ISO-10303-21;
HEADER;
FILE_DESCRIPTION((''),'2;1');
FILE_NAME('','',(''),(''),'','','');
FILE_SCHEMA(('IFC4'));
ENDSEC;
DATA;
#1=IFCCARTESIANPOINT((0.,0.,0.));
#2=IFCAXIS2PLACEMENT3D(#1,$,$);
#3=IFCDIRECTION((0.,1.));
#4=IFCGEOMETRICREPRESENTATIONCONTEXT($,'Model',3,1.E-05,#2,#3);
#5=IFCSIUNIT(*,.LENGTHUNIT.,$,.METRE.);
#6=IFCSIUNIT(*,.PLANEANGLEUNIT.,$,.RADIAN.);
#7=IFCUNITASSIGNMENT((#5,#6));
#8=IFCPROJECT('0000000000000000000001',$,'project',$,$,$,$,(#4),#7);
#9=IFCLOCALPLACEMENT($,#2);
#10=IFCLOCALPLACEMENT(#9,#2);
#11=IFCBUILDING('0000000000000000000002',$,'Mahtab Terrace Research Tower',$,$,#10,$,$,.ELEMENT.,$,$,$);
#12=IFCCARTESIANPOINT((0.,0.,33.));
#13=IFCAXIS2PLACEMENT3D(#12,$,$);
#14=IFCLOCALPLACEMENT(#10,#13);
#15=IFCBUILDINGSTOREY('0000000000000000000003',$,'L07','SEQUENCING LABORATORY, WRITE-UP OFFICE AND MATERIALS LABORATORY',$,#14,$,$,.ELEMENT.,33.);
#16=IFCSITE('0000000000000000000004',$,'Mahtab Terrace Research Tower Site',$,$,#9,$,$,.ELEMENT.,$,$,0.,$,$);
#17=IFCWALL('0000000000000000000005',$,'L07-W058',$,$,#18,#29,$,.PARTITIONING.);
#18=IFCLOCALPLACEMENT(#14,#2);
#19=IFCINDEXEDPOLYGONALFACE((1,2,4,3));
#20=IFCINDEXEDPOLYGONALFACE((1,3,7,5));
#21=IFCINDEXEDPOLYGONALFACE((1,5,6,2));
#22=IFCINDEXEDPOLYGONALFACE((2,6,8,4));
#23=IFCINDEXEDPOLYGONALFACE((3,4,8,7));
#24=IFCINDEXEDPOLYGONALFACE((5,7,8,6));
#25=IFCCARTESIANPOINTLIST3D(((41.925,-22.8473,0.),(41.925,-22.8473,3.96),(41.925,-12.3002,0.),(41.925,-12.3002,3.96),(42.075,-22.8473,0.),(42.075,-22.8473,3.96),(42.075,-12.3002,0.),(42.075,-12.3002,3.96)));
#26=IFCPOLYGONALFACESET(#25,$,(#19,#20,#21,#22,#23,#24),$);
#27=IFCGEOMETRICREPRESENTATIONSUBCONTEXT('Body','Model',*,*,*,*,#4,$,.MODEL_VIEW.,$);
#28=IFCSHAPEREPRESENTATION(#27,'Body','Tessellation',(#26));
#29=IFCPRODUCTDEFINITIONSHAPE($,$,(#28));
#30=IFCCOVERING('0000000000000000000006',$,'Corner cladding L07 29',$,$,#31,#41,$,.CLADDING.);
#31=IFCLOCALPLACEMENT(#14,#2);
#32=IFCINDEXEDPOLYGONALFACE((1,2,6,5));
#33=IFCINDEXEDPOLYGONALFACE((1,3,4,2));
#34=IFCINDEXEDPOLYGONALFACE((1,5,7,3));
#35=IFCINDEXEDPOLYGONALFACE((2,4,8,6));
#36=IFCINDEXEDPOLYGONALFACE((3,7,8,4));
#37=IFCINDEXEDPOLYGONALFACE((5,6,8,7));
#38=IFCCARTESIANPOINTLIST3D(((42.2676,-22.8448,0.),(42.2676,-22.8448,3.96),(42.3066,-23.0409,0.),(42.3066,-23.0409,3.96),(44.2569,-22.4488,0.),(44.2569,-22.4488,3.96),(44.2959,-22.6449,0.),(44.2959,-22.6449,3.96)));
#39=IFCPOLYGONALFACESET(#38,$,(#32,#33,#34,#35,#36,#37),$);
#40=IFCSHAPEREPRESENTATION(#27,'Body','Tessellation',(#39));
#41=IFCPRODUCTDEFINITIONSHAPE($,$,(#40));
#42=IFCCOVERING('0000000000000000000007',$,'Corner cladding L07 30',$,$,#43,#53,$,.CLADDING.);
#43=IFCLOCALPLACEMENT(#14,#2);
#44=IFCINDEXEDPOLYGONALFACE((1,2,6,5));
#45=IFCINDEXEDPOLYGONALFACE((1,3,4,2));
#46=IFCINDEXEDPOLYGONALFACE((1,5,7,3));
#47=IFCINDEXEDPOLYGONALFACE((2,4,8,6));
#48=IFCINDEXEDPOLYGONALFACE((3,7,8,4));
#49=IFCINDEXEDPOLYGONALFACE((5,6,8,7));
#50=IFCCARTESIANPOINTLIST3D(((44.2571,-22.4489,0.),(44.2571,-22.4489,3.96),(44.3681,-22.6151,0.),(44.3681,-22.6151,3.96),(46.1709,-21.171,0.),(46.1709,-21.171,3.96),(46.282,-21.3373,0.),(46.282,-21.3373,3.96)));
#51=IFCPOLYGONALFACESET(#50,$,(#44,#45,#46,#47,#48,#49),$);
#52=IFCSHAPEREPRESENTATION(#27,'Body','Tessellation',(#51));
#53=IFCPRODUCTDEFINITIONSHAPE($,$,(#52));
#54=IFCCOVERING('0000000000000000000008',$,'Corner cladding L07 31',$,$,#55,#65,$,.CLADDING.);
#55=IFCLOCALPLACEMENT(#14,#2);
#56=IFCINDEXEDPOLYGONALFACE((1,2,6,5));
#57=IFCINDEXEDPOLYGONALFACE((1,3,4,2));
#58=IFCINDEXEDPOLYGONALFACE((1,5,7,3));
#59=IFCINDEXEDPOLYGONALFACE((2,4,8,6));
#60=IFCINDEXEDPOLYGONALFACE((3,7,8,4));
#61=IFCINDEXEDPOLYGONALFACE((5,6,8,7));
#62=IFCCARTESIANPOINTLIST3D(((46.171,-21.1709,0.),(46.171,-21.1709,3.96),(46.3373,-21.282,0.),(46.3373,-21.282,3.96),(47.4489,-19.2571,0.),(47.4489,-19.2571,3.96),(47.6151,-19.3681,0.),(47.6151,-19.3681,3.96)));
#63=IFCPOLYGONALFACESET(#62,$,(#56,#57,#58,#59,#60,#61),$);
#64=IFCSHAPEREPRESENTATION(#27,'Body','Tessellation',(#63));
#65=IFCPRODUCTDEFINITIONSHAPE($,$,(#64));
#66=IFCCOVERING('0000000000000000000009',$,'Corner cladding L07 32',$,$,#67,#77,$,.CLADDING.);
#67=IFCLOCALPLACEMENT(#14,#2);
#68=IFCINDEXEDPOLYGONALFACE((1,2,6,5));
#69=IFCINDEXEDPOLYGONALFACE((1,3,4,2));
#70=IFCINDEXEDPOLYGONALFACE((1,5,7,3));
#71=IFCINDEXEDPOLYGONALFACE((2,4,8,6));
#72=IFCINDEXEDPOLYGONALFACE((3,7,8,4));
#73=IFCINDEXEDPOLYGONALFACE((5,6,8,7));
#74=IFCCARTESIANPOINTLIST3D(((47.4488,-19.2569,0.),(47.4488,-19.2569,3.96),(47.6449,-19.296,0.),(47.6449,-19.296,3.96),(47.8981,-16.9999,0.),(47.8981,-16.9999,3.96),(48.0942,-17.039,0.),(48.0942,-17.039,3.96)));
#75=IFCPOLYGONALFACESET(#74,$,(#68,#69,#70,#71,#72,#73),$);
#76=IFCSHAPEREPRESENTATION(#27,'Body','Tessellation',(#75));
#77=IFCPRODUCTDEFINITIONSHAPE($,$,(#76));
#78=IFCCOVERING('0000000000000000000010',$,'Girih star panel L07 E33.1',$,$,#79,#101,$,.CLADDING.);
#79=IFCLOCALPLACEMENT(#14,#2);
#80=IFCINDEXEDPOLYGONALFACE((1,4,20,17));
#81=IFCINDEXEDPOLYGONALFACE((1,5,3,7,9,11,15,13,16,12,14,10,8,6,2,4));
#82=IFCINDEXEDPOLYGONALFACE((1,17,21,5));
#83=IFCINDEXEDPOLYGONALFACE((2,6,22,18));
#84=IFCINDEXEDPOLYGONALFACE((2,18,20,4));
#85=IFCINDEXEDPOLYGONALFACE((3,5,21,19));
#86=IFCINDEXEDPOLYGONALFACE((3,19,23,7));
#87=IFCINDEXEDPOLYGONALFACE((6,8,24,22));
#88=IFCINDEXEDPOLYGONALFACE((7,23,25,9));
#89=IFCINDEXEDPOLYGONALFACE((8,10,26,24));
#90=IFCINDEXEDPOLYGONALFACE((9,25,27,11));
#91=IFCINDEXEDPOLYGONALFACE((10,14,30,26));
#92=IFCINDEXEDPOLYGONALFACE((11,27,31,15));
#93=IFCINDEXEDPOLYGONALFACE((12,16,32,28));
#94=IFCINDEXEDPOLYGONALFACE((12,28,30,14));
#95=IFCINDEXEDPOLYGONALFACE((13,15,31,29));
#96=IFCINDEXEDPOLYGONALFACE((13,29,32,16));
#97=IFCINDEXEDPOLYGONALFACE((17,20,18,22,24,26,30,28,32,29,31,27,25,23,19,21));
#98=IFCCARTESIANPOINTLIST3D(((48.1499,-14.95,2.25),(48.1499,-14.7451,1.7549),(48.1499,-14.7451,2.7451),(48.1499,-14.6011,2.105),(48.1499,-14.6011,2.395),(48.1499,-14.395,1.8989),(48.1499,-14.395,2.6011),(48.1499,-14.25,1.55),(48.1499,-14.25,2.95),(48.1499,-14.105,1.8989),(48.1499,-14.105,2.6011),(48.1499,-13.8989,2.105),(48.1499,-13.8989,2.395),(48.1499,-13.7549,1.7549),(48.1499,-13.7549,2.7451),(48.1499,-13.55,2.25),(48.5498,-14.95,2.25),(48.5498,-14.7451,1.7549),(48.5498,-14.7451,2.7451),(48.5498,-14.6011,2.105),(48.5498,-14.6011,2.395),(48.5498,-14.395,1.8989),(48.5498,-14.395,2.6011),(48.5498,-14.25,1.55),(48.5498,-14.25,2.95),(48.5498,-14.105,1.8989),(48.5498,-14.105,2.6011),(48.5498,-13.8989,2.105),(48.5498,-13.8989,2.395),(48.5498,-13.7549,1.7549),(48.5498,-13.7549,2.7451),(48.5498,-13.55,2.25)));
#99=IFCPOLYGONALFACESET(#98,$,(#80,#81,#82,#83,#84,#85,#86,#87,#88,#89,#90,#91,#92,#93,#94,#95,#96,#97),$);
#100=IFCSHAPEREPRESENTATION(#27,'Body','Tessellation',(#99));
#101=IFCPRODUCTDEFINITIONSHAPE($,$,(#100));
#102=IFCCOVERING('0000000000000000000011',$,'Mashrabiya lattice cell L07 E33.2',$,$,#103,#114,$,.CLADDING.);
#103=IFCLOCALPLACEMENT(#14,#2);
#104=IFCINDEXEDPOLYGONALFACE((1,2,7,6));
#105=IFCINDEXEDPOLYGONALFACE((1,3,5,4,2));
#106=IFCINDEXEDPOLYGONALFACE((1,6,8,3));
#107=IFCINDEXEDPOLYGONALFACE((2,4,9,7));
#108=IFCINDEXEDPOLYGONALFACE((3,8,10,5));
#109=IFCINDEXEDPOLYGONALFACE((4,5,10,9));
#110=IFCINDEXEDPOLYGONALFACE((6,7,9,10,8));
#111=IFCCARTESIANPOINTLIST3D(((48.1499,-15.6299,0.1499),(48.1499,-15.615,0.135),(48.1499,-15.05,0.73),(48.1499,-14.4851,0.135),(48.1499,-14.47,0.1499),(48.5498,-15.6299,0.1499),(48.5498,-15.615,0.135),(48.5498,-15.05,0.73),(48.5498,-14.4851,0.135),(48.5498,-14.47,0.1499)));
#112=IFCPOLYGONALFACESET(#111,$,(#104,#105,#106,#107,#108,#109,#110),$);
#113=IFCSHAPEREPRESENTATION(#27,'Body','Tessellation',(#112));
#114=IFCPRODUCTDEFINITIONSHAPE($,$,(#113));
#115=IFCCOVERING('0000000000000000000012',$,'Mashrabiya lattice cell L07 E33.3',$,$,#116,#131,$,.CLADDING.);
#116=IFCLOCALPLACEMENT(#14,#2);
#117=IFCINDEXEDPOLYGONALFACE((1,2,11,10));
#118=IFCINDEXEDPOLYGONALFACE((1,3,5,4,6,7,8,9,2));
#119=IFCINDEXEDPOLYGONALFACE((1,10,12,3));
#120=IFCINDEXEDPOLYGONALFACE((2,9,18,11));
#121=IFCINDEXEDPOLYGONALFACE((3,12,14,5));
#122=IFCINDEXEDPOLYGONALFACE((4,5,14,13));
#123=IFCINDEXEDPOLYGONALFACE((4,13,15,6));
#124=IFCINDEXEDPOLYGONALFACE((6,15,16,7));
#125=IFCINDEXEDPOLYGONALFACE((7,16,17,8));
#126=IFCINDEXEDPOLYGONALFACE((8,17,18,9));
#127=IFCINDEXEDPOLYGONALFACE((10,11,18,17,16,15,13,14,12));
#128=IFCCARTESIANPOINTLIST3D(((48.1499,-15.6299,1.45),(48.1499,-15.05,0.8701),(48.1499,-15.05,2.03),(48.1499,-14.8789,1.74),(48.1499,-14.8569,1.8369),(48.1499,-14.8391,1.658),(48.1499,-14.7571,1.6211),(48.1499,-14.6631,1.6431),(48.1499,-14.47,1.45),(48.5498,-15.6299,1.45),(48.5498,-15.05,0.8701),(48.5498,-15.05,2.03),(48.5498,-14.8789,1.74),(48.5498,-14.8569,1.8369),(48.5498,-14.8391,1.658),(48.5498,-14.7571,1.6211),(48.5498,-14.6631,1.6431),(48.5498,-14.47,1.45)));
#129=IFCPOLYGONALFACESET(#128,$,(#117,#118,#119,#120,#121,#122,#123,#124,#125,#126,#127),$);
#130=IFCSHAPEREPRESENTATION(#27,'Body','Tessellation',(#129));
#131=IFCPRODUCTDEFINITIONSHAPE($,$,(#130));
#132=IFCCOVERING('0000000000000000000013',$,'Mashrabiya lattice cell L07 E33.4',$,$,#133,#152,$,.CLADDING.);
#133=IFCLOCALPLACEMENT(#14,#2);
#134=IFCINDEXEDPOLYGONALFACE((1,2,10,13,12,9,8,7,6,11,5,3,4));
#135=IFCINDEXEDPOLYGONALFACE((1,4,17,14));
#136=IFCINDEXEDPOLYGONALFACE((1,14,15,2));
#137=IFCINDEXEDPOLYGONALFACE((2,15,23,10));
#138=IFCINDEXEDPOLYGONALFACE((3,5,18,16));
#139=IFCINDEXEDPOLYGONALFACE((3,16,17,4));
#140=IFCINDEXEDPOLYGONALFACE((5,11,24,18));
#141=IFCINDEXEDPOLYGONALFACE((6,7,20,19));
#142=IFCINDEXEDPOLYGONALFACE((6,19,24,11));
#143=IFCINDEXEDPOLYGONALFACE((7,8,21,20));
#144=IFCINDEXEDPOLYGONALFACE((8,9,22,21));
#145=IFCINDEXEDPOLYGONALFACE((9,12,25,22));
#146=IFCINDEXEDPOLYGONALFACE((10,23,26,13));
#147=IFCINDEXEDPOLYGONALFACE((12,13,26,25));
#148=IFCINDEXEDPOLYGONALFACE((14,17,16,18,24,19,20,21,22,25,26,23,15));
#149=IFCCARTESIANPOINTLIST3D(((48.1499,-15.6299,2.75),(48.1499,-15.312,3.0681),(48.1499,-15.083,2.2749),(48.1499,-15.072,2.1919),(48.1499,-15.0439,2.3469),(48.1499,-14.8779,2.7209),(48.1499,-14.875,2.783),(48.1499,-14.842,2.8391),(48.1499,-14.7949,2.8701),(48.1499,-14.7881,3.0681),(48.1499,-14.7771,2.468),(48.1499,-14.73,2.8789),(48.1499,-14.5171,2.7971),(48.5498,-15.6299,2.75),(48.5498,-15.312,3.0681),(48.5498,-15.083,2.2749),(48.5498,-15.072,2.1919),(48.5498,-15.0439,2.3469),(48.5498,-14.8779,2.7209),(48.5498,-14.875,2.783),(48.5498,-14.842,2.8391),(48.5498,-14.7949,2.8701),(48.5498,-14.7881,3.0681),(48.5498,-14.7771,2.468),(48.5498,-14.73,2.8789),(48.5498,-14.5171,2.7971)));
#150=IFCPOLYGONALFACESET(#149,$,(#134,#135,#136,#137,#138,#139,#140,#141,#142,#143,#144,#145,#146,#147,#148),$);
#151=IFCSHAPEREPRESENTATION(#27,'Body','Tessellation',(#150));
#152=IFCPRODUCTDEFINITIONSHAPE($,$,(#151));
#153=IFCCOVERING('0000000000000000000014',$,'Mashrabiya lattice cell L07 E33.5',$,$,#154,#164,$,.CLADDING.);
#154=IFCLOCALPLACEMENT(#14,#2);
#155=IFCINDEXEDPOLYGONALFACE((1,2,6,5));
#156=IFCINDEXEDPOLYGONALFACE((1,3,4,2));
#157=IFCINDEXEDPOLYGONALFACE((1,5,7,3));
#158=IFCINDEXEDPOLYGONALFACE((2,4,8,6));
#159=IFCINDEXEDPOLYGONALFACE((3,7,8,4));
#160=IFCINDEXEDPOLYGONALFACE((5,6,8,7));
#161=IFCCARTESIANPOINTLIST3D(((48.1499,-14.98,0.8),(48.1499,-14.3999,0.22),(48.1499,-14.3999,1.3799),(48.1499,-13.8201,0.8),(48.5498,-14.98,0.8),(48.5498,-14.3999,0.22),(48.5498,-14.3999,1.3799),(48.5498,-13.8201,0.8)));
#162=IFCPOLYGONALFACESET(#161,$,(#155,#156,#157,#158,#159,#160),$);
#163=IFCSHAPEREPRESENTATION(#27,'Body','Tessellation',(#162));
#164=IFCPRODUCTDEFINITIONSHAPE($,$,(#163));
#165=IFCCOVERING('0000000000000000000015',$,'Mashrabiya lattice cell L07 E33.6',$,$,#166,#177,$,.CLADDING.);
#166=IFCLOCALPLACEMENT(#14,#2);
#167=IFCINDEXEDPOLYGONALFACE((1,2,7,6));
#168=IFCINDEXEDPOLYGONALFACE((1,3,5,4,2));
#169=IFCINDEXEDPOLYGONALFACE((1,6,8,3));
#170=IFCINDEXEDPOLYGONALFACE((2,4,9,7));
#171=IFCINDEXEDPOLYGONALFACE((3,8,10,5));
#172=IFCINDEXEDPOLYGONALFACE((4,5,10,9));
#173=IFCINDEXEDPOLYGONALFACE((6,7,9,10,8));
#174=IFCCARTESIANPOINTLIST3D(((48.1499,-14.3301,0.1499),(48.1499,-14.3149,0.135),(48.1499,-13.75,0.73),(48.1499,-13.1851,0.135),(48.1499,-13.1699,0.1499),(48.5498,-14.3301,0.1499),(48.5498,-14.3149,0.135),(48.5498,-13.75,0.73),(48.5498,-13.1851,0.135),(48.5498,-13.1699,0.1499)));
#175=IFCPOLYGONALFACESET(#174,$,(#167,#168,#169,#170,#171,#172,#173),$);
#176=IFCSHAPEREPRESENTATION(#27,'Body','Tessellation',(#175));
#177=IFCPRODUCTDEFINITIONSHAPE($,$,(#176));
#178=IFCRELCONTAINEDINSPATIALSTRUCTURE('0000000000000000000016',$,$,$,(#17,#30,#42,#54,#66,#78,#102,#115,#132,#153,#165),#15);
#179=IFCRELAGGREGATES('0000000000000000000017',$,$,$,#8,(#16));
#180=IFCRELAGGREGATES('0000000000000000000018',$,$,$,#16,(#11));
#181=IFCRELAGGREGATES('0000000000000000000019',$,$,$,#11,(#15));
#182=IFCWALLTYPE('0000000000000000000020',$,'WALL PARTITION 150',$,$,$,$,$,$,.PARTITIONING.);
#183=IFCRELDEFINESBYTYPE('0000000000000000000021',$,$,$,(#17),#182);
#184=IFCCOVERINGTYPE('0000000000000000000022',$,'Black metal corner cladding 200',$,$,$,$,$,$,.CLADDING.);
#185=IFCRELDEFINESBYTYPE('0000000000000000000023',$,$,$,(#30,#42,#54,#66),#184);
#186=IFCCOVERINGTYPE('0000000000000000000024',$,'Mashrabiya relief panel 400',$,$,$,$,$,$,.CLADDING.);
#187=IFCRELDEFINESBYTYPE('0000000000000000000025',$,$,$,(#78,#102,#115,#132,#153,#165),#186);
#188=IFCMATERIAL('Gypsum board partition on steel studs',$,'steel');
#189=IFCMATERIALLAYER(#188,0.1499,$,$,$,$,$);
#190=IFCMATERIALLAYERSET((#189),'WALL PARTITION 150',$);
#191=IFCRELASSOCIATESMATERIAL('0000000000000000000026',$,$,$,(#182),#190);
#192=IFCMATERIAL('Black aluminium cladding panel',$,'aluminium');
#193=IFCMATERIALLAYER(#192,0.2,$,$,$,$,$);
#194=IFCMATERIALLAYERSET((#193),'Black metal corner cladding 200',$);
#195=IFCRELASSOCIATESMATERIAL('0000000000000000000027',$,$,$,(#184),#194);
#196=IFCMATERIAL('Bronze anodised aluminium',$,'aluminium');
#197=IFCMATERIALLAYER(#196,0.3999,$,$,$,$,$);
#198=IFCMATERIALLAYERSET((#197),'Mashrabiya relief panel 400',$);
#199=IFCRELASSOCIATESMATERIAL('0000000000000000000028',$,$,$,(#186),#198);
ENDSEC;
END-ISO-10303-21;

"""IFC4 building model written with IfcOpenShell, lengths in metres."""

from ifc_helpers import new_model, si_unit, direction, frame, frame_2d, origin, origin_2d, place, context, subcontext, project, spatial, polyline, rectangle, outline, extrude, material, layer, layer_set, type_object, element, save


model = new_model("IFC4")

# Units and contexts
model_context = context("Model", 3, precision=1e-05, world=origin(), true_north=direction((0.0, 1.0)))
body_context = subcontext(model_context, "Body", "Model", "MODEL_VIEW")
ifc_project = project(units=[si_unit("LENGTHUNIT", "METRE"), si_unit("PLANEANGLEUNIT", "RADIAN")], contexts=[model_context])

# Site, building, storey
site_placement = place(None, origin())
site = spatial("IfcSite", under=ifc_project, at=site_placement, Name="Mahtab Terrace Research Tower Site", CompositionType="ELEMENT", RefElevation=0.0)
building_placement = place(site_placement, origin())
building = spatial("IfcBuilding", under=site, at=building_placement, Name="Mahtab Terrace Research Tower", CompositionType="ELEMENT")
storey_placement = place(building_placement, frame((0.0, 0.0, 33.0)))
storey = spatial("IfcBuildingStorey", under=building, at=storey_placement, Name="L07", Description="SEQUENCING LABORATORY, WRITE-UP OFFICE AND MATERIALS LABORATORY", CompositionType="ELEMENT", Elevation=33.0)

# Wall
ifc_material_1 = material(Name="Black aluminium cladding panel", Category="aluminium")
ifc_material_2 = material(Name="Gypsum board partition on steel studs", Category="steel")
ifc_layer_1 = layer(ifc_material_2, 0.1499)
ifc_layer_set_1 = layer_set([ifc_layer_1], Name="WALL PARTITION 150")
wall_type_1 = type_object("IfcWallType", Name="WALL PARTITION 150", PredefinedType="PARTITIONING", material=ifc_layer_set_1)
wall_1_placement = place(storey_placement, frame((42.0, -22.8472, 0.0), z_axis=(0.0, 0.0, 1.0), x_axis=(0.0, 1.0, 0.0)))
element("IfcWall", 1, at=wall_1_placement, inside=storey, type_object=wall_type_1, Name="L07-W058", PredefinedType="PARTITIONING", context=body_context, shape_type="SweptSolid", body=[
    extrude(rectangle(XDim=10.5471, YDim=0.1499, at=frame_2d((5.2734, 0.0))), origin(), (0.0, 0.0, 1.0), 3.96),
])

# Coverings
ifc_layer_2 = layer(ifc_material_1, 0.2)
ifc_layer_set_2 = layer_set([ifc_layer_2], Name="Black metal corner cladding 200")
covering_type_1 = type_object("IfcCoveringType", Name="Black metal corner cladding 200", PredefinedType="CLADDING", material=ifc_layer_set_2)
covering_1_placement = place(storey_placement, frame((43.2817, -22.7449, 0.0), z_axis=(0.0, 0.0, 1.0), x_axis=(0.980761, 0.195212, 0.0)))
element("IfcCovering", 2, at=covering_1_placement, inside=storey, type_object=covering_type_1, Name="Corner cladding L07 29", PredefinedType="CLADDING", context=body_context, shape_type="SweptSolid", body=[
    extrude(rectangle(XDim=2.0283, YDim=0.2, at=origin_2d()), origin(), (0.0, 0.0, 1.0), 3.96),
])
for number, where, z_axis, x_axis, name in (
    (3, (45.2695, -21.8931, 0.0), (0.0, 0.0, 1.0), (0.831656, 0.555291, 0.0), "Corner cladding L07 30"),
    (4, (46.8931, -20.2695, 0.0), (0.0, 0.0, 1.0), (0.555291, 0.831656, 0.0), "Corner cladding L07 31"),
    (5, (47.7715, -18.1479, 0.0), (0.0, 0.0, 1.0), (0.195212, 0.980761, 0.0), "Corner cladding L07 32"),
):
    element("IfcCovering", number, at=place(storey_placement, frame(where, z_axis=z_axis, x_axis=x_axis)), inside=storey, type_object=covering_type_1, Name=name, PredefinedType="CLADDING", context=body_context, shape_type="SweptSolid", body=[
        extrude(rectangle(XDim=2.3013, YDim=0.2, at=origin_2d()), origin(), (0.0, 0.0, 1.0), 3.96),
    ])
ifc_material_3 = material(Name="Bronze anodised aluminium", Category="aluminium")
ifc_layer_3 = layer(ifc_material_3, 0.3999)
ifc_layer_set_3 = layer_set([ifc_layer_3], Name="Mashrabiya relief panel 400")
covering_type_2 = type_object("IfcCoveringType", Name="Mashrabiya relief panel 400", PredefinedType="CLADDING", material=ifc_layer_set_3)
covering_2_placement = place(storey_placement, frame((48.1499, -14.105, 2.6011), z_axis=(-1.0, 0.0, 0.0), x_axis=(0.0, 0.924785, 0.38049)))
element("IfcCovering", 6, at=covering_2_placement, inside=storey, type_object=covering_type_2, Name="Girih star panel L07 E33.1", PredefinedType="CLADDING", context=body_context, shape_type="SweptSolid", body=[
    extrude(outline(polyline([(0.0, 0.0), (0.3786, 0.0), (0.1122, 0.269), (0.3796, 0.5358), (0.0018, 0.5372), (0.0018, 0.9158), (-0.2672, 0.6493), (-0.534, 0.9168), (-0.5354, 0.539), (-0.914, 0.539), (-0.6475, 0.27), (-0.915, 0.0032), (-0.5372, 0.0018), (-0.5372, -0.3768), (-0.2682, -0.1104), (-0.0014, -0.3778), (0.0, 0.0)])), origin(), (0.0, 0.0, -1.0), 0.3999),
])
covering_3_placement = place(storey_placement, frame((48.1499, -15.6299, 0.1499), z_axis=(-1.0, 0.0, 0.0), x_axis=(0.0, 0.706958, 0.707256)))
element("IfcCovering", 7, at=covering_3_placement, inside=storey, type_object=covering_type_2, Name="Mashrabiya lattice cell L07 E33.2", PredefinedType="CLADDING", context=body_context, shape_type="SweptSolid", body=[
    extrude(outline(polyline([(0.0, 0.0), (0.8202, 0.0), (0.82, 0.8204), (0.7988, 0.8202), (0.0, 0.0211), (0.0, 0.0)])), origin(), (0.0, 0.0, -1.0), 0.3999),
])
covering_4_placement = place(storey_placement, frame((48.1499, -14.47, 1.45), z_axis=(-1.0, 0.0, 0.0), x_axis=(0.0, -0.707256, -0.706958)))
element("IfcCovering", 8, at=covering_4_placement, inside=storey, type_object=covering_type_2, Name="Mashrabiya lattice cell L07 E33.3", PredefinedType="CLADDING", context=body_context, shape_type="SweptSolid", body=[
    extrude(outline(polyline([(0.0, 0.0), (0.8202, 0.0), (0.8204, 0.82), (0.0002, 0.8204), (0.0001, 0.5472), (0.0842, 0.4942), (0.114, 0.4081), (0.0821, 0.324), (0.0001, 0.2731), (0.0, 0.0)])), origin(), (0.0, 0.0, -1.0), 0.3999),
])
covering_5_placement = place(storey_placement, frame((48.1499, -15.6299, 2.75), z_axis=(-1.0, 0.0, 0.0), x_axis=(0.0, 0.706835, 0.707378)))
element("IfcCovering", 9, at=covering_5_placement, inside=storey, type_object=covering_type_2, Name="Mashrabiya lattice cell L07 E33.4", PredefinedType="CLADDING", context=body_context, shape_type="SweptSolid", body=[
    extrude(outline(polyline([(0.0, 0.0), (0.4497, 0.0), (0.82, 0.3706), (0.8199, 0.7539), (0.7273, 0.5455), (0.6751, 0.5057), (0.6199, 0.4943), (0.5569, 0.5107), (0.511, 0.5525), (0.4033, 0.8026), (0.129, 0.6994), (0.0505, 0.7227), (-0.0005, 0.7891), (0.0, 0.0)])), origin(), (0.0, 0.0, -1.0), 0.3999),
])
covering_6_placement = place(storey_placement, frame((48.1499, -14.3999, 1.3799), z_axis=(-1.0, 0.0, 0.0), x_axis=(0.0, 0.707107, -0.707107)))
element("IfcCovering", 10, at=covering_6_placement, inside=storey, type_object=covering_type_2, Name="Mashrabiya lattice cell L07 E33.5", PredefinedType="CLADDING", context=body_context, shape_type="SweptSolid", body=[
    extrude(outline(polyline([(0.0, 0.0), (0.82, 0.0), (0.8202, 0.8202), (-0.0002, 0.8202), (0.0, 0.0)])), origin(), (0.0, 0.0, -1.0), 0.3999),
])
covering_7_placement = place(storey_placement, frame((48.1499, -14.3301, 0.1499), z_axis=(-1.0, 0.0, 0.0), x_axis=(0.0, 0.707107, 0.707107)))
element("IfcCovering", 11, at=covering_7_placement, inside=storey, type_object=covering_type_2, Name="Mashrabiya lattice cell L07 E33.6", PredefinedType="CLADDING", context=body_context, shape_type="SweptSolid", body=[
    extrude(outline(polyline([(0.0, 0.0), (0.8204, 0.0), (0.8204, 0.8204), (0.7991, 0.8202), (0.0002, 0.0212), (0.0, 0.0)])), origin(), (0.0, 0.0, -1.0), 0.3999),
])

save(model, "model.ifc")
